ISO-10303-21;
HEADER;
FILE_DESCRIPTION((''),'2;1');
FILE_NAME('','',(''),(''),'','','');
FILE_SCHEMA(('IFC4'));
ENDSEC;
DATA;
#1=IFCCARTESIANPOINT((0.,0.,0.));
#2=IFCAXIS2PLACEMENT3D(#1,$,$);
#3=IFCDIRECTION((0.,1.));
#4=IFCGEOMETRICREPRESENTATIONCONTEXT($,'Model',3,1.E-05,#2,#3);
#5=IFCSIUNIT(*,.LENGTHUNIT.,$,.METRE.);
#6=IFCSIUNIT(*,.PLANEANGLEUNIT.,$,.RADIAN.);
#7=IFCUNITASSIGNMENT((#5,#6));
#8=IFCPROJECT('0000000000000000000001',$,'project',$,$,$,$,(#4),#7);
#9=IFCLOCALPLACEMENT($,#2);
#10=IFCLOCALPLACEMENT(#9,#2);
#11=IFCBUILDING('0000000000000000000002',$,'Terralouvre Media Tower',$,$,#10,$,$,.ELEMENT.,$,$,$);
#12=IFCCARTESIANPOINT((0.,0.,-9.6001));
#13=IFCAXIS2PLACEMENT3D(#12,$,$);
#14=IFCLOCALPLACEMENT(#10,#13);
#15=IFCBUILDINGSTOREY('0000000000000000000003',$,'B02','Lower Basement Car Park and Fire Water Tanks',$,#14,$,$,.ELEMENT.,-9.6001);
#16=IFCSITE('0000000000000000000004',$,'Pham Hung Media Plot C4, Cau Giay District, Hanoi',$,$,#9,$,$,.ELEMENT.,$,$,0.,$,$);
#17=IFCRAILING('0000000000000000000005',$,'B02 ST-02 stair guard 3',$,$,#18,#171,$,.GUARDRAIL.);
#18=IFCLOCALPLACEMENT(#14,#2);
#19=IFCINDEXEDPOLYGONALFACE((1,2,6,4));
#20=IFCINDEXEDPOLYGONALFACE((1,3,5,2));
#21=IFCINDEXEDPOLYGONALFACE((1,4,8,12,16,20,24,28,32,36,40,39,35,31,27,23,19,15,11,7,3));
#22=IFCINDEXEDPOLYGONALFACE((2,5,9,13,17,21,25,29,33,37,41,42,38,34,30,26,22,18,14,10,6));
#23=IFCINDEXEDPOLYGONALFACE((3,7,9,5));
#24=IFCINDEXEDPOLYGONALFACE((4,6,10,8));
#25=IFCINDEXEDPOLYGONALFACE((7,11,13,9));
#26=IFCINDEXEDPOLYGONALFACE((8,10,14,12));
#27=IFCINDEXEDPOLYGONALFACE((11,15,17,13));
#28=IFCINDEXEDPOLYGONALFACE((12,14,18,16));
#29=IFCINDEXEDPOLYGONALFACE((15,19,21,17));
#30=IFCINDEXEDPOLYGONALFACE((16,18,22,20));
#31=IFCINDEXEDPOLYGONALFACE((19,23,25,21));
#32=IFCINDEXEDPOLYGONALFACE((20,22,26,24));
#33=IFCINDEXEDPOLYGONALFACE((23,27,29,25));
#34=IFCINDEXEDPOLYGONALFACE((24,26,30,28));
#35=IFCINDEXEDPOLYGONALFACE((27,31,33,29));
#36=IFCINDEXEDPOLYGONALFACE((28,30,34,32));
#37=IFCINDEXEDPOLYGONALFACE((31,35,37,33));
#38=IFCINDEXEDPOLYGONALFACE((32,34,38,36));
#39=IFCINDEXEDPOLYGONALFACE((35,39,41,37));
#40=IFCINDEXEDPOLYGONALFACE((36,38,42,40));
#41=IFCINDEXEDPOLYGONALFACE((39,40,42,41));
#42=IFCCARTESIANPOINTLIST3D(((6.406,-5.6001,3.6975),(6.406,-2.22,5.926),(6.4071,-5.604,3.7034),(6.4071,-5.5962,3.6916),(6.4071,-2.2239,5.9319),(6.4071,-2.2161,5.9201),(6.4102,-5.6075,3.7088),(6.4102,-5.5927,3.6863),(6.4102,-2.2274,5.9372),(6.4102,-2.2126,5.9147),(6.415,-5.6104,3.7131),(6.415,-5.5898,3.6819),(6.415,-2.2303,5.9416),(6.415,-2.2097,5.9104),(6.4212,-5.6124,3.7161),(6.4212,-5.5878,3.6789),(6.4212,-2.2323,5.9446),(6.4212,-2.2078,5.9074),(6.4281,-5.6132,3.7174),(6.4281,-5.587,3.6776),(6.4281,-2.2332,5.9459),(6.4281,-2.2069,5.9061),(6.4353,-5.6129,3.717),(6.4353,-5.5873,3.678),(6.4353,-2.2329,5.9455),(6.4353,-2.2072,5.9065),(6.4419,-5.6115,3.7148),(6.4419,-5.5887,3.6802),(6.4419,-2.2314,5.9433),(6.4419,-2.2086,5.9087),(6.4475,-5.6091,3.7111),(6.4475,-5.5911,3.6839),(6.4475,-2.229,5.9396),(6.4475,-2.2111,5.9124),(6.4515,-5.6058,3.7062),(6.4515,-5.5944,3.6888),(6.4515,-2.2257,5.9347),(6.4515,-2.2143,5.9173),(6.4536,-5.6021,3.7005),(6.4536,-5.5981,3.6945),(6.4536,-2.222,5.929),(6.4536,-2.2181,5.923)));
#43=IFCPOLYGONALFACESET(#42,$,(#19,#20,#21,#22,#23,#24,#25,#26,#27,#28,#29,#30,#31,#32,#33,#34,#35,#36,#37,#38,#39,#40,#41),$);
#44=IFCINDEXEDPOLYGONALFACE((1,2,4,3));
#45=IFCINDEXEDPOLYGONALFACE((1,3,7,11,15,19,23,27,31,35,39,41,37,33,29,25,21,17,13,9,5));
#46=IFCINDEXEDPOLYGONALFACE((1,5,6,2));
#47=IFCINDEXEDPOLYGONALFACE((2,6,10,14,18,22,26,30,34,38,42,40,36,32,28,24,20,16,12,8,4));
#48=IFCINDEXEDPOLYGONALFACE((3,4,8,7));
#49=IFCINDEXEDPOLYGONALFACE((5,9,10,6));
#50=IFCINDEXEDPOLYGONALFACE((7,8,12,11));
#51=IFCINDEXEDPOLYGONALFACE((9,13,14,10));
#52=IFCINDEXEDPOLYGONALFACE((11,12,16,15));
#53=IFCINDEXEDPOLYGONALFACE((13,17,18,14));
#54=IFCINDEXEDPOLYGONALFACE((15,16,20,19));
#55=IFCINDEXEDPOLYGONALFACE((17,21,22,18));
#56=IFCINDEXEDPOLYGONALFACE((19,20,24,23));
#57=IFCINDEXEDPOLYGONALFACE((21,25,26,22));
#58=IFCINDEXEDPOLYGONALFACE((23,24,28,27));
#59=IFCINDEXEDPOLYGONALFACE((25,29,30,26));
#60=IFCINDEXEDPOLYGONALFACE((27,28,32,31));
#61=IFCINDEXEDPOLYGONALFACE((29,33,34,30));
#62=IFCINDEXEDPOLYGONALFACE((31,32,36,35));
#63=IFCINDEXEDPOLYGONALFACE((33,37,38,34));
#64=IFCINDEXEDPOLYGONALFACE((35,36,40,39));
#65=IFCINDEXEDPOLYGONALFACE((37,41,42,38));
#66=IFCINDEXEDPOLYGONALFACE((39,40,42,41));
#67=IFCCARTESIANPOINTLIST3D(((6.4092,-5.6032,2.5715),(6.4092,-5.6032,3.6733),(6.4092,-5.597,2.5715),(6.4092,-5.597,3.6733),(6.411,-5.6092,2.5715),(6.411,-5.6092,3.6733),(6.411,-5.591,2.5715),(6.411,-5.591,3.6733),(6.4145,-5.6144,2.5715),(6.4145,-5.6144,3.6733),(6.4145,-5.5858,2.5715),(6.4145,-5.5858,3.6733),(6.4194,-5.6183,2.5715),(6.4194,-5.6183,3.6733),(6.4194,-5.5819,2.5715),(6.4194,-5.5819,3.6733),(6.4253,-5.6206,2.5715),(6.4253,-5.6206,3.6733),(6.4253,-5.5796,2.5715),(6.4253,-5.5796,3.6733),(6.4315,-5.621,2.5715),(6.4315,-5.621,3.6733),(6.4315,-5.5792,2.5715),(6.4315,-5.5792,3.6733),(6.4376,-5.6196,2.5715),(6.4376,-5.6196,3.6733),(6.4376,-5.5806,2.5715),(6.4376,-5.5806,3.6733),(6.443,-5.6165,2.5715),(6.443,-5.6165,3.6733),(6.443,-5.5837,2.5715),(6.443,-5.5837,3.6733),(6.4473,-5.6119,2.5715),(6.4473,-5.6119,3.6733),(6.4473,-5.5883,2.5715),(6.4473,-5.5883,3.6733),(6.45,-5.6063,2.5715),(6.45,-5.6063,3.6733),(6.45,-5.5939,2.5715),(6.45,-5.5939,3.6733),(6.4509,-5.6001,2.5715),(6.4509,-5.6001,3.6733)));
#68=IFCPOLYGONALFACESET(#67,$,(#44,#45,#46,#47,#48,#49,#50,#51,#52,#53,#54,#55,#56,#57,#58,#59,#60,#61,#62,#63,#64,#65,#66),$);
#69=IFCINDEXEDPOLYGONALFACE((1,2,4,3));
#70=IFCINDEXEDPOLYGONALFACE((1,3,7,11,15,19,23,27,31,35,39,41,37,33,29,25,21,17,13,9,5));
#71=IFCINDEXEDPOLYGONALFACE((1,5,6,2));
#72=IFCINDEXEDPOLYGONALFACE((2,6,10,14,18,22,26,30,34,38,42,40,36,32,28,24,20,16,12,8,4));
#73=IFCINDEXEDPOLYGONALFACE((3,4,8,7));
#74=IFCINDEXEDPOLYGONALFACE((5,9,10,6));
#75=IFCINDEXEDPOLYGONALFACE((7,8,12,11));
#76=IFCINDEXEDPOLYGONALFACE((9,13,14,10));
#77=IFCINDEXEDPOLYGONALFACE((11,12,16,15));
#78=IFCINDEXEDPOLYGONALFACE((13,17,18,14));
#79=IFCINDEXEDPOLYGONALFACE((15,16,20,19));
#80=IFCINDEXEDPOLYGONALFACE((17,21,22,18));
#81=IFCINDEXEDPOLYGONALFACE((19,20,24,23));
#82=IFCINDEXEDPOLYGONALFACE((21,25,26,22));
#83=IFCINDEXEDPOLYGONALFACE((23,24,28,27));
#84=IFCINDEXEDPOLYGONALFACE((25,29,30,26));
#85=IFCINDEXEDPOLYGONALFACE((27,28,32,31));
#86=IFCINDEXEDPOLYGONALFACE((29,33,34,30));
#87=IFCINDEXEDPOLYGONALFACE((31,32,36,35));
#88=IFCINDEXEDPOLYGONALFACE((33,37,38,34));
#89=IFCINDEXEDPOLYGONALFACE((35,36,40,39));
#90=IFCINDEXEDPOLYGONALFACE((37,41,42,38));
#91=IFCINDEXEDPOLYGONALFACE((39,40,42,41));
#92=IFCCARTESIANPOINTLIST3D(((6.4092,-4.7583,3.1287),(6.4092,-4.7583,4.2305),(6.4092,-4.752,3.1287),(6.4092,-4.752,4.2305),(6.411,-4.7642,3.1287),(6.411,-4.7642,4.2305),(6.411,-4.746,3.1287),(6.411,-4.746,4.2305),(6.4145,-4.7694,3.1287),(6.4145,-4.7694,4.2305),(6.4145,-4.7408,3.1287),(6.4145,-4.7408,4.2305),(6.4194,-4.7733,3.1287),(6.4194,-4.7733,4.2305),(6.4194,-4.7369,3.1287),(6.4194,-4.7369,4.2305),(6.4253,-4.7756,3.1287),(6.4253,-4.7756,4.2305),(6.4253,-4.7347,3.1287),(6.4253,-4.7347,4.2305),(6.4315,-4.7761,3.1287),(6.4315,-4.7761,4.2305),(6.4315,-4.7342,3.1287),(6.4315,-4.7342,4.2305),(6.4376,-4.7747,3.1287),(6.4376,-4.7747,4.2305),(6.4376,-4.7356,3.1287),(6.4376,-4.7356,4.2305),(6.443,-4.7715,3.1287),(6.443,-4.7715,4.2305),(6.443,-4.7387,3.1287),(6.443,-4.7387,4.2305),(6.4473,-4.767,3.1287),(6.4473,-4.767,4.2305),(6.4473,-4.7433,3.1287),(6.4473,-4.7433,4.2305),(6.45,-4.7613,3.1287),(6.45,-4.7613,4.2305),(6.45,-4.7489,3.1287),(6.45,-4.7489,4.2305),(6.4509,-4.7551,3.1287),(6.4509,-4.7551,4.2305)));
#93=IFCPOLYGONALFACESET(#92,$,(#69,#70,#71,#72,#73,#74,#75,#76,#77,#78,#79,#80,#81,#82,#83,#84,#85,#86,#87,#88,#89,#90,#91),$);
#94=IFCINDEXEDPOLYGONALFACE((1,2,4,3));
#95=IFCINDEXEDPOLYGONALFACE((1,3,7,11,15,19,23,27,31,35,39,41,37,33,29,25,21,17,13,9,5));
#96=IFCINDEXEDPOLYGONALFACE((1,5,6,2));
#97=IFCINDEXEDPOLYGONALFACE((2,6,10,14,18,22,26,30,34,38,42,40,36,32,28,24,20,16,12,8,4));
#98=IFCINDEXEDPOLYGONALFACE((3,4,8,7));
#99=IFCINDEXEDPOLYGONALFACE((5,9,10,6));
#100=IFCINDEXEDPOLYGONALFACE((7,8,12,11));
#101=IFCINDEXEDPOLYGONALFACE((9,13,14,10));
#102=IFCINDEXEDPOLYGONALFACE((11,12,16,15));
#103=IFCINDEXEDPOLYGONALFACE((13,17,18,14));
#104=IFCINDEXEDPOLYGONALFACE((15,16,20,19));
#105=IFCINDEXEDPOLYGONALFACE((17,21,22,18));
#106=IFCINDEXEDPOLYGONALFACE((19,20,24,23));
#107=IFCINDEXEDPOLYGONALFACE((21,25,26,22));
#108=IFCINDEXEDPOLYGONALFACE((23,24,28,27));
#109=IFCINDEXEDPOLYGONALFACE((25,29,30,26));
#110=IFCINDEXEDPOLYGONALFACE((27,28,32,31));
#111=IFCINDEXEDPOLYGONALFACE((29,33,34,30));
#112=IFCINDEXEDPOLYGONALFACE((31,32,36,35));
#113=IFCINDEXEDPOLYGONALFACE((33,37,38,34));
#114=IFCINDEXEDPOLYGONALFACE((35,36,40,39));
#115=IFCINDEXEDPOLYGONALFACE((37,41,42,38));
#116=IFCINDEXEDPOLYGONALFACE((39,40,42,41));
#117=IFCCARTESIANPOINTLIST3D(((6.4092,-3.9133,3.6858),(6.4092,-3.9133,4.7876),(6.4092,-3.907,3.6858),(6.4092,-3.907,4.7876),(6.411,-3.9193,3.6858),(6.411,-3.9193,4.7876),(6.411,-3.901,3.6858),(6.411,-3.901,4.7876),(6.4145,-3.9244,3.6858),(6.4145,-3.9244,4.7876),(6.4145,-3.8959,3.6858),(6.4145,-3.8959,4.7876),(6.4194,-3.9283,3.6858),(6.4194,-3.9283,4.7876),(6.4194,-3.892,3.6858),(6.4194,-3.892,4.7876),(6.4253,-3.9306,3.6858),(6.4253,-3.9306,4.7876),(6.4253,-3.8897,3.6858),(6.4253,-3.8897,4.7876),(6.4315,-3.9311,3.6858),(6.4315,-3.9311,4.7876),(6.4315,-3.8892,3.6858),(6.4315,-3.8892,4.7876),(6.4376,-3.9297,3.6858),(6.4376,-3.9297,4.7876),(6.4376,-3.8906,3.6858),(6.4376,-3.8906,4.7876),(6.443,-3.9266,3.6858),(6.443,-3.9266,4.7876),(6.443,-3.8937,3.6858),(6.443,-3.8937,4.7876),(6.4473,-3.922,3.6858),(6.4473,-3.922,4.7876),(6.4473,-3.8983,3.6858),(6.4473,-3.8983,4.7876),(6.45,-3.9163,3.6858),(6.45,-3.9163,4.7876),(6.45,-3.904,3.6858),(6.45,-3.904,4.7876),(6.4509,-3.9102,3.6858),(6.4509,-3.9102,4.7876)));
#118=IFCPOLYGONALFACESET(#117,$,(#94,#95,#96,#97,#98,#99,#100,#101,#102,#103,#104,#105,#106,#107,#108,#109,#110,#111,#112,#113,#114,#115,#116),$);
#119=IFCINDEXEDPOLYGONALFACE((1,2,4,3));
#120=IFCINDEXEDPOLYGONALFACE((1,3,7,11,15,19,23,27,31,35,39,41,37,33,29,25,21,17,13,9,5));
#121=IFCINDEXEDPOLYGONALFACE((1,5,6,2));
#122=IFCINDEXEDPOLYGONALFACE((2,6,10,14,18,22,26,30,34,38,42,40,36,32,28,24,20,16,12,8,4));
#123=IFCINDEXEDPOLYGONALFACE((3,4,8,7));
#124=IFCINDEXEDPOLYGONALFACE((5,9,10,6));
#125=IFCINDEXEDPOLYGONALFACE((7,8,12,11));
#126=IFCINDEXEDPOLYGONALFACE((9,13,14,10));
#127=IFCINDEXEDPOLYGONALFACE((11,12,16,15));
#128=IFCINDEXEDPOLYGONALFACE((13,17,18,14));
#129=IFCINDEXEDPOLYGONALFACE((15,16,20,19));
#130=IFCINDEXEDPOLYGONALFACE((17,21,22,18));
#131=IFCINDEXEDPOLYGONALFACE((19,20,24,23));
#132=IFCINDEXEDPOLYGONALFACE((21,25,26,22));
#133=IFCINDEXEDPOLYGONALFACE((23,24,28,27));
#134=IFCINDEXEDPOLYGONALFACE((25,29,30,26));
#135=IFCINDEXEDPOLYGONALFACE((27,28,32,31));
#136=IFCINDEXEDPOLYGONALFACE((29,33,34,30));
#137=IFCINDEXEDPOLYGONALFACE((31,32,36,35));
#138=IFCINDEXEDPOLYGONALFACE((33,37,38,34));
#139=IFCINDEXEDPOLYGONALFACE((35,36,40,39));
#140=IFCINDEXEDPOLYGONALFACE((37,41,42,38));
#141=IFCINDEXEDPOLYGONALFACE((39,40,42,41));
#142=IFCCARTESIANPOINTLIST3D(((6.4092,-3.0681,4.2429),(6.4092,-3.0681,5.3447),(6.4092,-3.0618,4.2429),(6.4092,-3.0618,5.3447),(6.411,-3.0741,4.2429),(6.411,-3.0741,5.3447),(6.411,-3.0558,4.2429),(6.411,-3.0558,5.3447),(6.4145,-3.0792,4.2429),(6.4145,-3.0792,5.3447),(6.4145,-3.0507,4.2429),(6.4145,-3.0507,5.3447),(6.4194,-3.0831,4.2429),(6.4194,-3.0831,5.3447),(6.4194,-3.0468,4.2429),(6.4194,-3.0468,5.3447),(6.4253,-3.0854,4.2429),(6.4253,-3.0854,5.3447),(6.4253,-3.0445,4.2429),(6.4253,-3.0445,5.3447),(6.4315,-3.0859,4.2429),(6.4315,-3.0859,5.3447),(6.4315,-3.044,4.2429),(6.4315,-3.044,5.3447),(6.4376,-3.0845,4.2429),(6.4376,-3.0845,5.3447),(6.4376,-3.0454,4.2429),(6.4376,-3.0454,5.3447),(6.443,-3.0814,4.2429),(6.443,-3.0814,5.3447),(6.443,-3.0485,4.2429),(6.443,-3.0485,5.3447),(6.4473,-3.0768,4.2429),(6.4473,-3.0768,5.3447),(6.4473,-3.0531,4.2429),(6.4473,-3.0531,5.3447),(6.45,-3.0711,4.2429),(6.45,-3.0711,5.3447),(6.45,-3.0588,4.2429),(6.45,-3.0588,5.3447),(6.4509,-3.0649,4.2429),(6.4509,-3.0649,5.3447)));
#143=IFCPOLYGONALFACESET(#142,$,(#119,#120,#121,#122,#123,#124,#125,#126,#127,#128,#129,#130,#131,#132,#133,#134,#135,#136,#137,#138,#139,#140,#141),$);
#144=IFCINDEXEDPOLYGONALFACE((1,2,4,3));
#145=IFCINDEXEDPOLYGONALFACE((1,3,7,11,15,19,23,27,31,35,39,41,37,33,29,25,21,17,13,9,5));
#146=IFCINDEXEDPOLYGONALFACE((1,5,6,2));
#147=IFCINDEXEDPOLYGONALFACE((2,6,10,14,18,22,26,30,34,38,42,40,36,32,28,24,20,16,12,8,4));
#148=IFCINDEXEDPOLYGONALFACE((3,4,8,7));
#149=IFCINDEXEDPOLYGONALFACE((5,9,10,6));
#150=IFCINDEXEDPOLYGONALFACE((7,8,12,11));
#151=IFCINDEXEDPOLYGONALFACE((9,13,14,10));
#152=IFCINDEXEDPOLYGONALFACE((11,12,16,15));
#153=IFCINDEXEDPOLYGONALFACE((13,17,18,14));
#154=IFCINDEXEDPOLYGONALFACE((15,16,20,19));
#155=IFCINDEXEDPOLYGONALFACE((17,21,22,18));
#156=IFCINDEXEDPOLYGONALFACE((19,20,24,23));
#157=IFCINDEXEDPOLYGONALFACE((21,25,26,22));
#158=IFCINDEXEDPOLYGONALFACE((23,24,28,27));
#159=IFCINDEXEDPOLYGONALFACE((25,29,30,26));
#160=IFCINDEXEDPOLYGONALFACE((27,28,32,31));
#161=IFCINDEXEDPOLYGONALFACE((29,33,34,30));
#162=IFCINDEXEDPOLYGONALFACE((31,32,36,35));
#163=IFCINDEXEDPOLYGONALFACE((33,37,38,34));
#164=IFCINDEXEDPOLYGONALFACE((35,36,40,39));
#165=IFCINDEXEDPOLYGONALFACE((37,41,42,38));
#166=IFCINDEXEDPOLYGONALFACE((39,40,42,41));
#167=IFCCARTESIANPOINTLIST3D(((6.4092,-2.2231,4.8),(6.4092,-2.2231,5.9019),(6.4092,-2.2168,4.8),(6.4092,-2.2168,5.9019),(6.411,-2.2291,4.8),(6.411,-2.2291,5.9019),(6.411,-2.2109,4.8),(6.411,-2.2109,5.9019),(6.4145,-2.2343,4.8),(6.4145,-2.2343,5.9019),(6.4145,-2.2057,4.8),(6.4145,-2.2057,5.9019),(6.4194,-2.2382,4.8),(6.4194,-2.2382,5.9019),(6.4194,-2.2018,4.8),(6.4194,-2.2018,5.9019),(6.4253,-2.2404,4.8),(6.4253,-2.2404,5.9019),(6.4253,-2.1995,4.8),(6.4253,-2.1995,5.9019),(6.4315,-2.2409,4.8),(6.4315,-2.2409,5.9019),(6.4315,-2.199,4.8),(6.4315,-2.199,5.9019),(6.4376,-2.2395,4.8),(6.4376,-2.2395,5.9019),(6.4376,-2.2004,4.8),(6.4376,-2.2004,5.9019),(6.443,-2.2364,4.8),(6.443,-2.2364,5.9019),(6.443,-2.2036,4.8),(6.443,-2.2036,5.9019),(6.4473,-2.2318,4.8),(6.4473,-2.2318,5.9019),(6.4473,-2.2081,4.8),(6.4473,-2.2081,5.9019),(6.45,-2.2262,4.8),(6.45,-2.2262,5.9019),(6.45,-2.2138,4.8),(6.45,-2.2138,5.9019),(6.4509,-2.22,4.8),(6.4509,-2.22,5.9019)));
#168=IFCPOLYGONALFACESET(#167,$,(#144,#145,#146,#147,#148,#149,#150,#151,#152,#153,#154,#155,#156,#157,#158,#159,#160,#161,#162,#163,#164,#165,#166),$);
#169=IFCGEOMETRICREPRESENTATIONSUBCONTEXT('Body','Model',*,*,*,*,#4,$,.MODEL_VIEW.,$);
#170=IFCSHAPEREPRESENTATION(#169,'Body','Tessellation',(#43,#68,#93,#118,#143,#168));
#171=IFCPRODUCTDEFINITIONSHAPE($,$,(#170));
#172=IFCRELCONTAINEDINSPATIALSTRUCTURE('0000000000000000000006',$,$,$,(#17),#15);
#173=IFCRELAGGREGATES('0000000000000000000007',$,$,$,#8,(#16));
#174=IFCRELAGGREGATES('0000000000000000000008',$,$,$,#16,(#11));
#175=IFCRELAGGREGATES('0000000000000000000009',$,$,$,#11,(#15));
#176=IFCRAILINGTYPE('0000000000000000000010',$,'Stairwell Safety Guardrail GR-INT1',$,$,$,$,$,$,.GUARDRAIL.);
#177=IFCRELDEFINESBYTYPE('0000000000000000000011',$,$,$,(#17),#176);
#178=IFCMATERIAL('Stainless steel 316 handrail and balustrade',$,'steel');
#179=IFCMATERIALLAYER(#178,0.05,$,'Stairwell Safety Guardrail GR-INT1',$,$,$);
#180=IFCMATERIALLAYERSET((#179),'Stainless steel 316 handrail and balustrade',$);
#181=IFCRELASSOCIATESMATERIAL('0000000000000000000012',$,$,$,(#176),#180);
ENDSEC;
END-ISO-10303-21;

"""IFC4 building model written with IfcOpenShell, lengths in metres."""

from ifc_helpers import new_model, si_unit, direction, frame, origin, origin_2d, place, context, subcontext, project, spatial, circle, extrude, material, layer, layer_set, type_object, element, save


model = new_model("IFC4")

# Units and contexts
model_context = context("Model", 3, precision=1e-05, world=origin(), true_north=direction((0.0, 1.0)))
body_context = subcontext(model_context, "Body", "Model", "MODEL_VIEW")
ifc_project = project(units=[si_unit("LENGTHUNIT", "METRE"), si_unit("PLANEANGLEUNIT", "RADIAN")], contexts=[model_context])

# Site, building, storey
site_placement = place(None, origin())
site = spatial("IfcSite", under=ifc_project, at=site_placement, Name="Pham Hung Media Plot C4, Cau Giay District, Hanoi", CompositionType="ELEMENT", RefElevation=0.0)
building_placement = place(site_placement, origin())
building = spatial("IfcBuilding", under=site, at=building_placement, Name="Terralouvre Media Tower", CompositionType="ELEMENT")
storey_placement = place(building_placement, frame((0.0, 0.0, -9.6001)))
storey = spatial("IfcBuildingStorey", under=building, at=storey_placement, Name="B02", Description="Lower Basement Car Park and Fire Water Tanks", CompositionType="ELEMENT", Elevation=-9.6001)

# Railing
ifc_material_1 = material(Name="Stainless steel 316 handrail and balustrade", Category="steel")
ifc_layer_1 = layer(ifc_material_1, 0.05, Name="Stairwell Safety Guardrail GR-INT1")
ifc_layer_set_1 = layer_set([ifc_layer_1], Name="Stainless steel 316 handrail and balustrade")
railing_type_1 = type_object("IfcRailingType", Name="Stairwell Safety Guardrail GR-INT1", PredefinedType="GUARDRAIL", material=ifc_layer_set_1)
railing_1_placement = place(storey_placement, frame((6.4299, -5.6001, 2.5715)))
element("IfcRailing", 1, at=railing_1_placement, inside=storey, type_object=railing_type_1, Name="B02 ST-02 stair guard 3", PredefinedType="GUARDRAIL", context=body_context, shape_type="SweptSolid", body=[
    extrude(circle(Radius=0.0239, at=origin_2d()), frame((0.0, 0.0, 1.126), z_axis=(0.0, 0.834878, 0.550435), x_axis=(-1.0, 0.0, 0.0)), (0.0, 0.0, 1.0), 4.0486),
    extrude(circle(Radius=0.021, at=origin_2d()), origin(), (0.0, 0.0, 1.0), 1.1018),
    extrude(circle(Radius=0.021, at=origin_2d()), frame((0.0, 0.845, 0.5571)), (0.0, 0.0, 1.0), 1.1018),
    extrude(circle(Radius=0.021, at=origin_2d()), frame((0.0, 1.6899, 1.1143)), (0.0, 0.0, 1.0), 1.1018),
    extrude(circle(Radius=0.021, at=origin_2d()), frame((0.0, 2.5352, 1.6714)), (0.0, 0.0, 1.0), 1.1018),
    extrude(circle(Radius=0.021, at=origin_2d()), frame((0.0, 3.3801, 2.2285)), (0.0, 0.0, 1.0), 1.1018),
])

save(model, "model.ifc")
